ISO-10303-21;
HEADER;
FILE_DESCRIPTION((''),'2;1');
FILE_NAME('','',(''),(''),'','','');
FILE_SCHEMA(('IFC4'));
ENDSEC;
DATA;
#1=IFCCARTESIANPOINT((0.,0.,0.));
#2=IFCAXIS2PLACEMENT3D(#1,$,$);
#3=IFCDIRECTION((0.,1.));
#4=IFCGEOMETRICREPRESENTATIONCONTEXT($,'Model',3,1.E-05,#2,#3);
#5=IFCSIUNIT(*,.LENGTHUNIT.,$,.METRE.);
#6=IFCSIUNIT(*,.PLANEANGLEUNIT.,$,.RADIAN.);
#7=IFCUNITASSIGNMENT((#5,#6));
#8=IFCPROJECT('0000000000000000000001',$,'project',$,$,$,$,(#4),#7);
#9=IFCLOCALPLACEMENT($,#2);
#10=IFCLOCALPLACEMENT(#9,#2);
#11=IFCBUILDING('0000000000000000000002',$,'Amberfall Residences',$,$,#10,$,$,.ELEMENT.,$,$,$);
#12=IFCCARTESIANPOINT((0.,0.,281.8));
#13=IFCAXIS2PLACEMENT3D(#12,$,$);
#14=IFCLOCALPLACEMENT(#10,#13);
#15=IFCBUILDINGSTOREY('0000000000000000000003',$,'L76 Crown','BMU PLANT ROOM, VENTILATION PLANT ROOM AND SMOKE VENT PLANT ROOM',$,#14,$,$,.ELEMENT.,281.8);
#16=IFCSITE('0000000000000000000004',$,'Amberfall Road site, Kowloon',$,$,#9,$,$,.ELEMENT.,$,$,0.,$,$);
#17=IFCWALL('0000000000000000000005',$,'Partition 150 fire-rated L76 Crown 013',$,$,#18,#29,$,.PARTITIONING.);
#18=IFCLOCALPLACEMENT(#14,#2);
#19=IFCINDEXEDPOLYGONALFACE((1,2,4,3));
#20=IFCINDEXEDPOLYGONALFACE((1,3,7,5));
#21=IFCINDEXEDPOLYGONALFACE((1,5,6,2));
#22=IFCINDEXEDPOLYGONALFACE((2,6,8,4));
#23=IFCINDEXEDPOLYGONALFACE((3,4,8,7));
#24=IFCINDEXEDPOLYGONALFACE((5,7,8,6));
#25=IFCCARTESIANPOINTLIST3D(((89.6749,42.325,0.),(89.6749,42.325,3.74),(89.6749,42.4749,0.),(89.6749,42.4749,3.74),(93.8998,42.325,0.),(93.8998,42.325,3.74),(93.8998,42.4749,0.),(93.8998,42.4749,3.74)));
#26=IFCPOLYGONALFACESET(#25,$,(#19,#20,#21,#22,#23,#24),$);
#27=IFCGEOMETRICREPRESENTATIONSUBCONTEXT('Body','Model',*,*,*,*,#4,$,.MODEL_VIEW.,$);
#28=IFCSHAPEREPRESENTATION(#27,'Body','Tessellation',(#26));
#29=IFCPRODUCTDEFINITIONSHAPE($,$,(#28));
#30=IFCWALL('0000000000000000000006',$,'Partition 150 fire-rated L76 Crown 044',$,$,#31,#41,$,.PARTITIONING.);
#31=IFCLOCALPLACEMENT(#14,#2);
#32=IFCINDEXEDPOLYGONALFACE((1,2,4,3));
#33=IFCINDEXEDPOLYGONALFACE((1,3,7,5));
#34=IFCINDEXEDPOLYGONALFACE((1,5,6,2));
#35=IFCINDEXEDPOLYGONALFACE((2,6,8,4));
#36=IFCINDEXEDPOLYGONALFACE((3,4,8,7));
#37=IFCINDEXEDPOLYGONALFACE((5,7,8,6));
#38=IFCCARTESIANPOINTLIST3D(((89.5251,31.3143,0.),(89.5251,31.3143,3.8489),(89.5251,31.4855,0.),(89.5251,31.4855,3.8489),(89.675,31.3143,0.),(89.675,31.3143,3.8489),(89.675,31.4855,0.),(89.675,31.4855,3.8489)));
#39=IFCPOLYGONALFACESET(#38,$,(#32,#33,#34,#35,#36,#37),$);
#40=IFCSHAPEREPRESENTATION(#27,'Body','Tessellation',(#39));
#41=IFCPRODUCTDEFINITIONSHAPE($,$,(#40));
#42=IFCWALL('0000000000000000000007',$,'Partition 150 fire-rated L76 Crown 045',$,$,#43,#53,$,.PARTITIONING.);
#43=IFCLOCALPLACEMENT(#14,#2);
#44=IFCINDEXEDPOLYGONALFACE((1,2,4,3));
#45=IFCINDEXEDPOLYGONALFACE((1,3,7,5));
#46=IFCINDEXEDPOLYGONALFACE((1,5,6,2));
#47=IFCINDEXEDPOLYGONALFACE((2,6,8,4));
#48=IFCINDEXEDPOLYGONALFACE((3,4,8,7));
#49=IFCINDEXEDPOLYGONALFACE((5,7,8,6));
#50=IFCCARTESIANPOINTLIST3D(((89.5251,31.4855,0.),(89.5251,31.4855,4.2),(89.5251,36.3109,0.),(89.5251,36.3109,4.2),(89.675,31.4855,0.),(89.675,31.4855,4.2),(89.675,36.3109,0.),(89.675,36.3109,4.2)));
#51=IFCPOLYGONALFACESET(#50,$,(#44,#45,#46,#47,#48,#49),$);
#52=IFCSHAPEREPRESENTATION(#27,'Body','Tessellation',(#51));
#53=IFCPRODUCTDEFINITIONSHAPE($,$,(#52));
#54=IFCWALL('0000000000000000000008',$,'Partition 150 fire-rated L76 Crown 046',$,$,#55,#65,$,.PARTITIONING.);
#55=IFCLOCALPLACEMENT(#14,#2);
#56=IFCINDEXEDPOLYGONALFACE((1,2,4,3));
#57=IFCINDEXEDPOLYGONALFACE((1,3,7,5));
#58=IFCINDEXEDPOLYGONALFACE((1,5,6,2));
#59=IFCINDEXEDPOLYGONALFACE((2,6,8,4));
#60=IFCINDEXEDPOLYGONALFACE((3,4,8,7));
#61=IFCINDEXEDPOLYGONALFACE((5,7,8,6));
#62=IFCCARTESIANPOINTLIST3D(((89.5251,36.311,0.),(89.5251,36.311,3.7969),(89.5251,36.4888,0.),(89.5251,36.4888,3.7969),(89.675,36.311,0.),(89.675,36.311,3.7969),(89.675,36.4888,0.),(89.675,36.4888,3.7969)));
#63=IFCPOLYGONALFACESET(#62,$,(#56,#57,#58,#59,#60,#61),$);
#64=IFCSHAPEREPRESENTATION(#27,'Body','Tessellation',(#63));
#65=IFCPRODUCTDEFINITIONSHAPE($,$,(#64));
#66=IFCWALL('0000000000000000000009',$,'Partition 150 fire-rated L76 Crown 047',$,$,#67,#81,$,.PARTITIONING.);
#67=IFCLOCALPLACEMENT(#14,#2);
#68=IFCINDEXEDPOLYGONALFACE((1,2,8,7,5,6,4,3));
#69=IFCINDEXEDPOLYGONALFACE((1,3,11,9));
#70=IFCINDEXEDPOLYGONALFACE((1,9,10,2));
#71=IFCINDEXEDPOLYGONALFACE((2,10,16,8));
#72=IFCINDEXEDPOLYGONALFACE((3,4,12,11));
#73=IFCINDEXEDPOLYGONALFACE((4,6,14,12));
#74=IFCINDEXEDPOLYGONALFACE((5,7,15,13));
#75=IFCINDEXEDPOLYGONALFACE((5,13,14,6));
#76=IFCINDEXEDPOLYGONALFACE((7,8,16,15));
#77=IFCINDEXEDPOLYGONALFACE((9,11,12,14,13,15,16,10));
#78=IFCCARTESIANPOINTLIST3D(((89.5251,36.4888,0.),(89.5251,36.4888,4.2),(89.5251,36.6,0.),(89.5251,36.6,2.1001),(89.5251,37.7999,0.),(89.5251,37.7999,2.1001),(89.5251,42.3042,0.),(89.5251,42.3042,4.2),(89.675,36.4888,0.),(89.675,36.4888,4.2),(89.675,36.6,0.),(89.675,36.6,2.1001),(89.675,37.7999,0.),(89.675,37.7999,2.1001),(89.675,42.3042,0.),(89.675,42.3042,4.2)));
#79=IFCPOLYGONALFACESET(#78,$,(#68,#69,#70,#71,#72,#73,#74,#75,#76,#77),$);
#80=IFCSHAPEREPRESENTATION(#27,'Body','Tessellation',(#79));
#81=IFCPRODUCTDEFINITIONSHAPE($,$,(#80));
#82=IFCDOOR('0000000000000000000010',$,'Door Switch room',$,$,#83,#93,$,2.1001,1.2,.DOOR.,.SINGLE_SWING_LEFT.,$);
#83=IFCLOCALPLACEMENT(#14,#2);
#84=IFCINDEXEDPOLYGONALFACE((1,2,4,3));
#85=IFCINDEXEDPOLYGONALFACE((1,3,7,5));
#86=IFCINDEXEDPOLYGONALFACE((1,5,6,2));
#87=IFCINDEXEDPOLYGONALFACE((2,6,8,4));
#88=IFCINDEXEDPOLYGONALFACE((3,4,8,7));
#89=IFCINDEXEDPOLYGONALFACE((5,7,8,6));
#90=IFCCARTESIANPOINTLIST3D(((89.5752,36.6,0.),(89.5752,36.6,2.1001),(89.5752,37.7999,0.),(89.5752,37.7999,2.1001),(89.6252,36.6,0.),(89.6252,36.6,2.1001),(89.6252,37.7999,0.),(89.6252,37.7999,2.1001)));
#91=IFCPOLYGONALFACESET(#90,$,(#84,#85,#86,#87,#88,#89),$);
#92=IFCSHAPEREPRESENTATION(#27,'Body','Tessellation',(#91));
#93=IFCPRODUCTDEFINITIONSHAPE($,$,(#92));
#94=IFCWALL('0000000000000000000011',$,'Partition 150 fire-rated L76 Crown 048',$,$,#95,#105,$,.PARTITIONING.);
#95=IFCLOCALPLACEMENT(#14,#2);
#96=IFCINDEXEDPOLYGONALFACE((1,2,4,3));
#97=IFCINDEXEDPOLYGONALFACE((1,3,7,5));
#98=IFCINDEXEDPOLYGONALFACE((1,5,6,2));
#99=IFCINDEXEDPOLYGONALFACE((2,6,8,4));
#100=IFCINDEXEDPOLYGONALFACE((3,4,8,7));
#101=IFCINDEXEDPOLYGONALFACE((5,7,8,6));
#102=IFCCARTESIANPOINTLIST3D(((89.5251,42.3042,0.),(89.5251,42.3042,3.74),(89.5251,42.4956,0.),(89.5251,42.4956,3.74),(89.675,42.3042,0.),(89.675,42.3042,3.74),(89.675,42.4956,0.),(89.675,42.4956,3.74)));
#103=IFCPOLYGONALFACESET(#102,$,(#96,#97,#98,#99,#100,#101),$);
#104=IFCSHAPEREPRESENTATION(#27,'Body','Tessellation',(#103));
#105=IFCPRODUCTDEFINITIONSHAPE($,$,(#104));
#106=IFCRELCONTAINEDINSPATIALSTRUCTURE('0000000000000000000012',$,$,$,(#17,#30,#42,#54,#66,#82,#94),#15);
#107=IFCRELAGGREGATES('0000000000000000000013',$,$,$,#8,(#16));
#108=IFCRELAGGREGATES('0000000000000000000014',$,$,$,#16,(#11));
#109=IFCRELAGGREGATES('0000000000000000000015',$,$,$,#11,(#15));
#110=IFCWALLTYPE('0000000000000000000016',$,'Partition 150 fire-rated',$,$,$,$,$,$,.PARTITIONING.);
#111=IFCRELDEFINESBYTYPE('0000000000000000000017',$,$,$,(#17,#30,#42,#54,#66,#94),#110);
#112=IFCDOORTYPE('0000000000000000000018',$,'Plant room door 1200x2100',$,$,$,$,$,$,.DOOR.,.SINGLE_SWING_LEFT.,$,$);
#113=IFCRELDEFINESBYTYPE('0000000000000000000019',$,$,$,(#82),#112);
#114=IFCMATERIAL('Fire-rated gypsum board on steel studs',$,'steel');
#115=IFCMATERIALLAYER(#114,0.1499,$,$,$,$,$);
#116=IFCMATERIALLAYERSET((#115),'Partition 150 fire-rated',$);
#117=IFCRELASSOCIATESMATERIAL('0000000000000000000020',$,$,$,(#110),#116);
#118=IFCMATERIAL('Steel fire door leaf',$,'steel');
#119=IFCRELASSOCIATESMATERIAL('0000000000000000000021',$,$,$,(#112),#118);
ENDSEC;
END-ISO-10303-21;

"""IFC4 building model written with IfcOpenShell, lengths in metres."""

from ifc_helpers import new_model, si_unit, direction, frame, frame_2d, origin, place, context, subcontext, project, spatial, rectangle, extrude, material, layer, layer_set, type_object, element, fill, save


model = new_model("IFC4")

# Units and contexts
model_context = context("Model", 3, precision=1e-05, world=origin(), true_north=direction((0.0, 1.0)))
body_context = subcontext(model_context, "Body", "Model", "MODEL_VIEW")
ifc_project = project(units=[si_unit("LENGTHUNIT", "METRE"), si_unit("PLANEANGLEUNIT", "RADIAN")], contexts=[model_context])

# Site, building, storey
site_placement = place(None, origin())
site = spatial("IfcSite", under=ifc_project, at=site_placement, Name="Amberfall Road site, Kowloon", CompositionType="ELEMENT", RefElevation=0.0)
building_placement = place(site_placement, origin())
building = spatial("IfcBuilding", under=site, at=building_placement, Name="Amberfall Residences", CompositionType="ELEMENT")
storey_placement = place(building_placement, frame((0.0, 0.0, 281.8)))
storey = spatial("IfcBuildingStorey", under=building, at=storey_placement, Name="L76 Crown", Description="BMU PLANT ROOM, VENTILATION PLANT ROOM AND SMOKE VENT PLANT ROOM", CompositionType="ELEMENT", Elevation=281.8)

# Walls
ifc_material_1 = material(Name="Fire-rated gypsum board on steel studs", Category="steel")
ifc_layer_1 = layer(ifc_material_1, 0.1499)
ifc_layer_set_1 = layer_set([ifc_layer_1], Name="Partition 150 fire-rated")
wall_type_1 = type_object("IfcWallType", Name="Partition 150 fire-rated", PredefinedType="PARTITIONING", material=ifc_layer_set_1)
wall_1_placement = place(storey_placement, frame((89.675, 42.3999, 0.0), z_axis=(0.0, 0.0, 1.0), x_axis=(1.0, 0.0, 0.0)))
element("IfcWall", 1, at=wall_1_placement, inside=storey, type_object=wall_type_1, Name="Partition 150 fire-rated L76 Crown 013", PredefinedType="PARTITIONING", context=body_context, shape_type="SweptSolid", body=[
    extrude(rectangle(XDim=4.2249, YDim=0.1499, at=frame_2d((2.1123, 0.0))), origin(), (0.0, 0.0, 1.0), 3.74),
])
wall_2_placement = place(storey_placement, frame((89.6001, 31.3145, 0.0), z_axis=(0.0, 0.0, 1.0), x_axis=(0.0, 1.0, 0.0)))
element("IfcWall", 2, at=wall_2_placement, inside=storey, type_object=wall_type_1, Name="Partition 150 fire-rated L76 Crown 044", PredefinedType="PARTITIONING", context=body_context, shape_type="SweptSolid", body=[
    extrude(rectangle(XDim=0.1711, YDim=0.1499, at=frame_2d((0.0854, 0.0))), origin(), (0.0, 0.0, 1.0), 3.8489),
])
wall_3_placement = place(storey_placement, frame((89.6001, 31.4856, 0.0), z_axis=(0.0, 0.0, 1.0), x_axis=(0.0, 1.0, 0.0)))
element("IfcWall", 3, at=wall_3_placement, inside=storey, type_object=wall_type_1, Name="Partition 150 fire-rated L76 Crown 045", PredefinedType="PARTITIONING", context=body_context, shape_type="SweptSolid", body=[
    extrude(rectangle(XDim=4.8254, YDim=0.1499, at=frame_2d((2.4126, 0.0))), origin(), (0.0, 0.0, 1.0), 4.2),
])
wall_4_placement = place(storey_placement, frame((89.6001, 36.311, 0.0), z_axis=(0.0, 0.0, 1.0), x_axis=(0.0, 1.0, 0.0)))
element("IfcWall", 4, at=wall_4_placement, inside=storey, type_object=wall_type_1, Name="Partition 150 fire-rated L76 Crown 046", PredefinedType="PARTITIONING", context=body_context, shape_type="SweptSolid", body=[
    extrude(rectangle(XDim=0.1777, YDim=0.1499, at=frame_2d((0.0889, 0.0))), origin(), (0.0, 0.0, 1.0), 3.7969),
])

# Wall, opening, door
wall_5_placement = place(storey_placement, frame((89.6001, 36.4888, 0.0), z_axis=(0.0, 0.0, 1.0), x_axis=(0.0, 1.0, 0.0)))
wall_5 = element("IfcWall", 5, at=wall_5_placement, inside=storey, type_object=wall_type_1, Name="Partition 150 fire-rated L76 Crown 047", PredefinedType="PARTITIONING", context=body_context, shape_type="SweptSolid", body=[
    extrude(rectangle(XDim=5.8154, YDim=0.1499, at=frame_2d((2.9077, 0.0))), origin(), (0.0, 0.0, 1.0), 4.2),
])
opening_1_placement = place(wall_5_placement, frame((0.1111, 0.0, 0.0)))
opening_1 = element("IfcOpeningElement", 6, at=opening_1_placement, cuts=wall_5, PredefinedType="OPENING", context=body_context, shape_type="SweptSolid", body=[
    extrude(rectangle(XDim=1.2, YDim=2.1001, at=frame_2d((0.6001, 1.05))), frame((0.0, 0.085, 0.0), z_axis=(0.0, -1.0, 0.0), x_axis=(1.0, 0.0, 0.0)), (0.0, 0.0, 1.0), 0.1699),
])
ifc_material_2 = material(Name="Steel fire door leaf", Category="steel")
door_type_1 = type_object("IfcDoorType", Name="Plant room door 1200x2100", OperationType="SINGLE_SWING_LEFT", PredefinedType="DOOR", material=ifc_material_2)
door_1_placement = place(opening_1_placement, origin())
door_1 = element("IfcDoor", 7, at=door_1_placement, inside=storey, type_object=door_type_1, Name="Door Switch room", OperationType="SINGLE_SWING_LEFT", OverallHeight=2.1001, OverallWidth=1.2, PredefinedType="DOOR", context=body_context, shape_type="SweptSolid", body=[
    extrude(rectangle(XDim=1.2, YDim=2.1001, at=frame_2d((0.6001, 1.05))), frame((0.0, 0.0249, 0.0), z_axis=(0.0, -1.0, 0.0), x_axis=(1.0, 0.0, 0.0)), (0.0, 0.0, 1.0), 0.05),
])
fill(opening_1, door_1)

# Wall
wall_6_placement = place(storey_placement, frame((89.6001, 42.3042, 0.0), z_axis=(0.0, 0.0, 1.0), x_axis=(0.0, 1.0, 0.0)))
element("IfcWall", 8, at=wall_6_placement, inside=storey, type_object=wall_type_1, Name="Partition 150 fire-rated L76 Crown 048", PredefinedType="PARTITIONING", context=body_context, shape_type="SweptSolid", body=[
    extrude(rectangle(XDim=0.1914, YDim=0.1499, at=frame_2d((0.0957, 0.0))), origin(), (0.0, 0.0, 1.0), 3.74),
])

save(model, "model.ifc")
